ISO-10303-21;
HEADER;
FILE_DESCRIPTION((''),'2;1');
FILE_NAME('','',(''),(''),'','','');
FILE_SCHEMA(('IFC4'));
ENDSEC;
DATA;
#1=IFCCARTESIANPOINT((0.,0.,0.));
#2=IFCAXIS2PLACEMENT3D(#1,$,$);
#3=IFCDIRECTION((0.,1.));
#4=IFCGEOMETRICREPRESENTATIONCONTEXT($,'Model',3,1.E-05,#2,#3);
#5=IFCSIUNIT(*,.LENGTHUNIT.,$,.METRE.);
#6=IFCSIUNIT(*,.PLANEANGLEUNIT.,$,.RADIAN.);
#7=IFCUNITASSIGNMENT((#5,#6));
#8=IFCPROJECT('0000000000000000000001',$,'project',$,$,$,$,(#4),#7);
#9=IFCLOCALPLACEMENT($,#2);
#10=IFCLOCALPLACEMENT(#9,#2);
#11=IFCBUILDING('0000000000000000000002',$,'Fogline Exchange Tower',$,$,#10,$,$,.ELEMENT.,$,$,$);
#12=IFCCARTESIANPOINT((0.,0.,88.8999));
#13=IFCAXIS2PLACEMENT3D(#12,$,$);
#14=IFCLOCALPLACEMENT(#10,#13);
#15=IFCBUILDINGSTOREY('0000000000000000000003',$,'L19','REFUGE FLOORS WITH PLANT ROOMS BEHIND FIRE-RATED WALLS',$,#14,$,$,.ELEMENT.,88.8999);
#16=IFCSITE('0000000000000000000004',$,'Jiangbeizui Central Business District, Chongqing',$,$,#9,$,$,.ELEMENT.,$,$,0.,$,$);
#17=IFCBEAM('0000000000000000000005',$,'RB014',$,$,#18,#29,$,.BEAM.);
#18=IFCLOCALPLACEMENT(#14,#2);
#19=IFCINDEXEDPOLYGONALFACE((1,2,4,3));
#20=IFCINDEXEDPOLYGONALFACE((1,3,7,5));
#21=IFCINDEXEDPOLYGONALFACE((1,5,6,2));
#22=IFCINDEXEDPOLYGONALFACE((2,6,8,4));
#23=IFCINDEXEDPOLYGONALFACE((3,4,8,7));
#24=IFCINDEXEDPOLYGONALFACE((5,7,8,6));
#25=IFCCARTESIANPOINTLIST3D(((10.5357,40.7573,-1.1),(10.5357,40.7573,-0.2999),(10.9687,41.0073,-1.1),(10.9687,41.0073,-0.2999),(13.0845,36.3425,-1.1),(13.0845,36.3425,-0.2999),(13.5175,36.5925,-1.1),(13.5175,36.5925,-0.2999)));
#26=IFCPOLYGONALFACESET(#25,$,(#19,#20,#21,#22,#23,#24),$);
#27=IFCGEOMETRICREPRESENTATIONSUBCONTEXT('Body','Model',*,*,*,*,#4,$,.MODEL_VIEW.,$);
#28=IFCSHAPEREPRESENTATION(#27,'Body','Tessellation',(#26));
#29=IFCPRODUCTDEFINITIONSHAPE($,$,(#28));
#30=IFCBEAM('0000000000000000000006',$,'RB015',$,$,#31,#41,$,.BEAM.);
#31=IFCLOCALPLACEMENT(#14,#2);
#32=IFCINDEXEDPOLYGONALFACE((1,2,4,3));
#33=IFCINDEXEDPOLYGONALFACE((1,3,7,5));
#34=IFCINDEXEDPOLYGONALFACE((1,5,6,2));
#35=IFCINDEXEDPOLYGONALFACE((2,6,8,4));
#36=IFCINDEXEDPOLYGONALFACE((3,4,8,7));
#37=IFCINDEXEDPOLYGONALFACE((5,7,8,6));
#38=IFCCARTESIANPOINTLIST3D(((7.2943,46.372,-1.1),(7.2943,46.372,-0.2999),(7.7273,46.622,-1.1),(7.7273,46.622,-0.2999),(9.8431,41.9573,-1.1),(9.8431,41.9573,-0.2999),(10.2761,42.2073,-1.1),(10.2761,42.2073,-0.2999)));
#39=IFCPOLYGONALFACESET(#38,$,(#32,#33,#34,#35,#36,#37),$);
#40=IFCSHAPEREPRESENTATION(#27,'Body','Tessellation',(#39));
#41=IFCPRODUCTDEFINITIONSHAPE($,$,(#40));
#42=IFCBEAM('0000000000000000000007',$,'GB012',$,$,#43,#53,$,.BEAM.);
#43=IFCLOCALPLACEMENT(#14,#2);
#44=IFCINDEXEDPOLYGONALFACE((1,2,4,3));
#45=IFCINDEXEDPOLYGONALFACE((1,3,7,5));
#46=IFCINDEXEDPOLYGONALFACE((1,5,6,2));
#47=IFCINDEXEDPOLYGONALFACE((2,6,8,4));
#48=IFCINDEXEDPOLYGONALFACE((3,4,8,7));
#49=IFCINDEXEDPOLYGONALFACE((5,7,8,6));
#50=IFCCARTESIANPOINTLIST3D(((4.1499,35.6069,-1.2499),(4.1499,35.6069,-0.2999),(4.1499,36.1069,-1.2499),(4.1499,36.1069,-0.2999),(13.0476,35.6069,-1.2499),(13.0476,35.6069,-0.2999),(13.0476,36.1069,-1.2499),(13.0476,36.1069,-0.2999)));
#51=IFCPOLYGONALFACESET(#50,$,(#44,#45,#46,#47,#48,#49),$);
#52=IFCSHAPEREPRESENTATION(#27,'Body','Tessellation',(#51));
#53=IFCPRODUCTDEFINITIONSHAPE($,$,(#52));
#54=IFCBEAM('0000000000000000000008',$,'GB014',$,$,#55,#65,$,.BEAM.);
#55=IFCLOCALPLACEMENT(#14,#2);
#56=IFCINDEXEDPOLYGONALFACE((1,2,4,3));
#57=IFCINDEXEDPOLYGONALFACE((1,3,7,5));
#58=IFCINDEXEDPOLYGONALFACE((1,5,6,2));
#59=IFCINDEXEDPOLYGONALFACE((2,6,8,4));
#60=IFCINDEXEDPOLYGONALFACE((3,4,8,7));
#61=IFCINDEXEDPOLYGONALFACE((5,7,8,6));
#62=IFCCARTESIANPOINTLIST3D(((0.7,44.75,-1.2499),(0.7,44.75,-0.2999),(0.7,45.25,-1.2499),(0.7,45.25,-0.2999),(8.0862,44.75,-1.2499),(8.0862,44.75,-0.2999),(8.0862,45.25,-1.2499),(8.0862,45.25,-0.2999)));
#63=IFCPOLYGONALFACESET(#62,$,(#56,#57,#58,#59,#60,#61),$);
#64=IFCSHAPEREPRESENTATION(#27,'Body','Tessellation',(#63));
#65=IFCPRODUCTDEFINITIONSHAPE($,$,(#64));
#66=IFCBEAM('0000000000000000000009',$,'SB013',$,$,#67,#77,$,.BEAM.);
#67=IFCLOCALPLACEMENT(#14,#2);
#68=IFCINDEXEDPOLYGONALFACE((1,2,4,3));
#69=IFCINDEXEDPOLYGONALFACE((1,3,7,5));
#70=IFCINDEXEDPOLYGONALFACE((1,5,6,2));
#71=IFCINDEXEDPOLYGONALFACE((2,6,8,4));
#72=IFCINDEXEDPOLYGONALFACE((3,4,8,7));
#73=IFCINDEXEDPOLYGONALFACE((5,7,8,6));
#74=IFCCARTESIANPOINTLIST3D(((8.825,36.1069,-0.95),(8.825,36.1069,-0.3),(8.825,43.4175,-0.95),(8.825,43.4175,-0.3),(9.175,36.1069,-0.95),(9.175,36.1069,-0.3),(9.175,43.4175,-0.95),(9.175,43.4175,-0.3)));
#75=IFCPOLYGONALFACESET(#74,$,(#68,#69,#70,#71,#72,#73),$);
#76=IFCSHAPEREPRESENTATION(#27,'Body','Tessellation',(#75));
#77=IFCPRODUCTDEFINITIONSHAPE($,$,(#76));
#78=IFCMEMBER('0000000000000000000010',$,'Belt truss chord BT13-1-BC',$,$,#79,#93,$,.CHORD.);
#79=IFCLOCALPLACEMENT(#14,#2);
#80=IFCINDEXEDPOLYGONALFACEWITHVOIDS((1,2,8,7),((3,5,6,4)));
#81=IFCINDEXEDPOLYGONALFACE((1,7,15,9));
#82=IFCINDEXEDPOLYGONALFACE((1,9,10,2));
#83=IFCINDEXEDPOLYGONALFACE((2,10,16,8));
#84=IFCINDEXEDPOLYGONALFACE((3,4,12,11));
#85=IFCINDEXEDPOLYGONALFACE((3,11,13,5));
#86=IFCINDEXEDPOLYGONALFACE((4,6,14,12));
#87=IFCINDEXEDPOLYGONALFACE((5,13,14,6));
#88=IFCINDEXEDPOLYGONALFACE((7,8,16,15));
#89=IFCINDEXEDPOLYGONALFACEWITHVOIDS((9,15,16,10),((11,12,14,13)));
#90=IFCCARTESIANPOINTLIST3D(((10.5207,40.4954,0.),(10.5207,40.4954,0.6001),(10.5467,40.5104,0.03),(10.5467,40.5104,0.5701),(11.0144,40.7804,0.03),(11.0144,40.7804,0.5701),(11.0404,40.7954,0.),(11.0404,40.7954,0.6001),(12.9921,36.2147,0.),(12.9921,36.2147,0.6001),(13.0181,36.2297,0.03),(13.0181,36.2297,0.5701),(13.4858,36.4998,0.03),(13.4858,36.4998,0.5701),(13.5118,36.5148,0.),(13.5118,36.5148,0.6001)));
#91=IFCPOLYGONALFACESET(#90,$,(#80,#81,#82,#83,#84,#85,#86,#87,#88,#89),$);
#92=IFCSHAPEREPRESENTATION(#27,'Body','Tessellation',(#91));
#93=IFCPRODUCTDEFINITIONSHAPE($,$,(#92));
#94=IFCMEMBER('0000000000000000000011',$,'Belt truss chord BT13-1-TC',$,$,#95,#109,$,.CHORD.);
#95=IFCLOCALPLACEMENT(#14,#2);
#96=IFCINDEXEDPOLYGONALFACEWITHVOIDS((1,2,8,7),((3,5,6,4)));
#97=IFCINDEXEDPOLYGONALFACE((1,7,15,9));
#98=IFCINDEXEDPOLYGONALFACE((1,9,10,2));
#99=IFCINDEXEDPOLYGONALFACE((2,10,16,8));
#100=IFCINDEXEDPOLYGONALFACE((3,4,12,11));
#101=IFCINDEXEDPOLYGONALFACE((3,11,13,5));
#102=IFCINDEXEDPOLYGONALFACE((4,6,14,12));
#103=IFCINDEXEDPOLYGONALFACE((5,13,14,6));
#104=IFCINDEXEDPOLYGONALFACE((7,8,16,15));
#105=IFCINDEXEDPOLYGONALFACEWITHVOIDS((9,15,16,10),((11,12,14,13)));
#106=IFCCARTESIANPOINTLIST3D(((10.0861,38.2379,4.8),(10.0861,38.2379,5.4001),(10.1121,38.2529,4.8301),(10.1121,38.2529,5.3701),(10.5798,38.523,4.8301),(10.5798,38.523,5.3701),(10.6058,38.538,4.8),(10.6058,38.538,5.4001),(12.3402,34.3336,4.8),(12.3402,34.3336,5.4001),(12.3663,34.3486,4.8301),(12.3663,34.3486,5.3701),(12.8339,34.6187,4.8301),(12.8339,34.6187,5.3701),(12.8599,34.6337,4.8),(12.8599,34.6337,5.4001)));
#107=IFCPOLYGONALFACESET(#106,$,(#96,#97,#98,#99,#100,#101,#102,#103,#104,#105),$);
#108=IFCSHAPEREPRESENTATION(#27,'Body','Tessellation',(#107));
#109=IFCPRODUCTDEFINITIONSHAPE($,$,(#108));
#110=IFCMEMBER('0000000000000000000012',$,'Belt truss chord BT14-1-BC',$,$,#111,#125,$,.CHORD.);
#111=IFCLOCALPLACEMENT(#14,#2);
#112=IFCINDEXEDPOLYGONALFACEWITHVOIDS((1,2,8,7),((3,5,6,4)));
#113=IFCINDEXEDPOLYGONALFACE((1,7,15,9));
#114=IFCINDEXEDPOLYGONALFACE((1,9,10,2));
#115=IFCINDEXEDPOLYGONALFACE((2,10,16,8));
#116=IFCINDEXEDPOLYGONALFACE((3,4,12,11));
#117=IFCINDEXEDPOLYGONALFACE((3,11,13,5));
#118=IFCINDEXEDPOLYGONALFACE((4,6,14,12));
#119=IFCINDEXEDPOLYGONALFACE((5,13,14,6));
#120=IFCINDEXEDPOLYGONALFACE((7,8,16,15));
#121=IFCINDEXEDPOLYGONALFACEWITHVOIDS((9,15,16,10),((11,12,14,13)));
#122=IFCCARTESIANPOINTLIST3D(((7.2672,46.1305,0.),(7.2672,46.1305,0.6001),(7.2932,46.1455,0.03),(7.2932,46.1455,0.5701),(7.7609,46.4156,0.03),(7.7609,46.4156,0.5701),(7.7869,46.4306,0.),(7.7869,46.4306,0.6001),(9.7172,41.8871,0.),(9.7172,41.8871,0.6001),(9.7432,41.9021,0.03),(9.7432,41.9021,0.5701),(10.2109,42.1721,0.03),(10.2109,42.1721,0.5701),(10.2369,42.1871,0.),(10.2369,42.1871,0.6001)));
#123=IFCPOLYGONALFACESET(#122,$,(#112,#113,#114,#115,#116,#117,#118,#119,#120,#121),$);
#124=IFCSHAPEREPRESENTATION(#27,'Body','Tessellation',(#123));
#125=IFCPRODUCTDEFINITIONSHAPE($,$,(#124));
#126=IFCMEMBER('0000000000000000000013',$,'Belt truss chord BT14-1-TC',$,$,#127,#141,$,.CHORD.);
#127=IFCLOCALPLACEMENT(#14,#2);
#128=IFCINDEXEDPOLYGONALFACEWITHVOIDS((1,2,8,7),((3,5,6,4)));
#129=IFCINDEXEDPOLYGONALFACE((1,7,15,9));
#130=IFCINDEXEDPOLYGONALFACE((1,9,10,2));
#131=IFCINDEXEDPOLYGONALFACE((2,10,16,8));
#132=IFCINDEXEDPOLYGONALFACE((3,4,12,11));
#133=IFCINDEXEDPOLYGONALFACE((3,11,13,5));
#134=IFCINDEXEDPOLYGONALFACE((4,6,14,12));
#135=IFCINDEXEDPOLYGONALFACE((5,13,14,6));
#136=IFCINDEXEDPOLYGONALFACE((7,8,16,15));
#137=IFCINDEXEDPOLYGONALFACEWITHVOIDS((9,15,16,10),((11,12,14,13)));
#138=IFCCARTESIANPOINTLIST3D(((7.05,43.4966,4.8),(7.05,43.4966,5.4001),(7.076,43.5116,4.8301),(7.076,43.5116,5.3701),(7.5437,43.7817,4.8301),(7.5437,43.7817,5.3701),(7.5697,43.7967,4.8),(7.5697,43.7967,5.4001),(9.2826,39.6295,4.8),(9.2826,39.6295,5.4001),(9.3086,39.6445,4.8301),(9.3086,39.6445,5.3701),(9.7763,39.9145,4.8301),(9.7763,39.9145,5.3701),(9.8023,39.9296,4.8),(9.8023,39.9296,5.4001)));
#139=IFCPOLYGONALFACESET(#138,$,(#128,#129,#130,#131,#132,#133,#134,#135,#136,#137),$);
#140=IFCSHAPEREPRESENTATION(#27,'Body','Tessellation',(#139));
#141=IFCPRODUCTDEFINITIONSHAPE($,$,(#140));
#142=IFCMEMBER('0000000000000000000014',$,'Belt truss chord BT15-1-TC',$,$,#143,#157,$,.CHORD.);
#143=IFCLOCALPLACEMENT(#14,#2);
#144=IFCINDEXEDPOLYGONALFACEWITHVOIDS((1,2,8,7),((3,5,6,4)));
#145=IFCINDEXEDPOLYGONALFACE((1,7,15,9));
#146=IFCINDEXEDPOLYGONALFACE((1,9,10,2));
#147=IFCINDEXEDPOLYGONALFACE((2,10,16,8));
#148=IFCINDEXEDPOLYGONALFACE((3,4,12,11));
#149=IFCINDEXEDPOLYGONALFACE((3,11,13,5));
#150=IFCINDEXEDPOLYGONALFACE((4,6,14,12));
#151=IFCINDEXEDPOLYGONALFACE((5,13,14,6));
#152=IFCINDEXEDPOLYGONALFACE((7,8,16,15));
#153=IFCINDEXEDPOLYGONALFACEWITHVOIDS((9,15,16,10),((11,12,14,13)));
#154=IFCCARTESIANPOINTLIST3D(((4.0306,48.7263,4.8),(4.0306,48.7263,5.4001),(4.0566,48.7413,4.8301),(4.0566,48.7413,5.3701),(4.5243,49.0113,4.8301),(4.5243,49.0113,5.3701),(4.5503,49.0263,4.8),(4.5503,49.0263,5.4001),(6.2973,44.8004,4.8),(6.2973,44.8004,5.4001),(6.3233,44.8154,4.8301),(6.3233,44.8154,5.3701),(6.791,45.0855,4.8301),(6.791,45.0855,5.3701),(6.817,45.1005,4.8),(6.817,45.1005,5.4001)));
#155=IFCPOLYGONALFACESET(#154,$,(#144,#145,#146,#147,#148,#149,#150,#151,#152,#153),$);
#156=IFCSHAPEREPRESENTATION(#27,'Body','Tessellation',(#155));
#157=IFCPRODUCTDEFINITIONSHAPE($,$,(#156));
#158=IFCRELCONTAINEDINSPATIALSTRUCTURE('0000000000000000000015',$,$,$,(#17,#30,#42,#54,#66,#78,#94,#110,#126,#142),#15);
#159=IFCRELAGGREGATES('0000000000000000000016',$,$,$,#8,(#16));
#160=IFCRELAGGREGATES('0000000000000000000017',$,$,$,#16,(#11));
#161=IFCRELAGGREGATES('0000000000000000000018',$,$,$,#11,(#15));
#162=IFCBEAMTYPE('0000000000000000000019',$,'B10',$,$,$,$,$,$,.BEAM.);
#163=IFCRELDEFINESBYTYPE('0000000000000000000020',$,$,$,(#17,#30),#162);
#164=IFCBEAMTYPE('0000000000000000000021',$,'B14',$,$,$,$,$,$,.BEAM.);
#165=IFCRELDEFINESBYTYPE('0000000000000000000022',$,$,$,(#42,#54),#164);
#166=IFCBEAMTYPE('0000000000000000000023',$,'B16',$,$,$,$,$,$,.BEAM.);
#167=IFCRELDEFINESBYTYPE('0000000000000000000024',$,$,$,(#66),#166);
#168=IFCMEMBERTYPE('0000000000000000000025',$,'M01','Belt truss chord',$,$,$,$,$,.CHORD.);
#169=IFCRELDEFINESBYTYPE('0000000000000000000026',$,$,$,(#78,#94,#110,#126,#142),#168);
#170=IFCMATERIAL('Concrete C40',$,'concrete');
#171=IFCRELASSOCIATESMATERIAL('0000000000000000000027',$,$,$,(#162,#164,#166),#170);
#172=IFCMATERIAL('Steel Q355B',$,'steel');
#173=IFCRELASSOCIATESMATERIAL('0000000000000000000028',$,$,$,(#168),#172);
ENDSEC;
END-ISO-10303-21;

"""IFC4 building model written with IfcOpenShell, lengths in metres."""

from ifc_helpers import new_model, si_unit, direction, frame, origin, origin_2d, place, context, subcontext, project, spatial, rectangle, hollow_rectangle, extrude, material, material_profile, profile_set, type_object, element, save


model = new_model("IFC4")

# Units and contexts
model_context = context("Model", 3, precision=1e-05, world=origin(), true_north=direction((0.0, 1.0)))
body_context = subcontext(model_context, "Body", "Model", "MODEL_VIEW")
ifc_project = project(units=[si_unit("LENGTHUNIT", "METRE"), si_unit("PLANEANGLEUNIT", "RADIAN")], contexts=[model_context])

# Site, building, storey
site_placement = place(None, origin())
site = spatial("IfcSite", under=ifc_project, at=site_placement, Name="Jiangbeizui Central Business District, Chongqing", CompositionType="ELEMENT", RefElevation=0.0)
building_placement = place(site_placement, origin())
building = spatial("IfcBuilding", under=site, at=building_placement, Name="Fogline Exchange Tower", CompositionType="ELEMENT")
storey_placement = place(building_placement, frame((0.0, 0.0, 88.8999)))
storey = spatial("IfcBuildingStorey", under=building, at=storey_placement, Name="L19", Description="REFUGE FLOORS WITH PLANT ROOMS BEHIND FIRE-RATED WALLS", CompositionType="ELEMENT", Elevation=88.8999)

# Beams
ifc_material_1 = material(Name="Concrete C40", Category="concrete")
ifc_material_profile_1 = material_profile(ifc_material_1, rectangle(XDim=0.5, YDim=0.8, at=origin_2d()), Name="RC 500x800")
ifc_profile_set_1 = profile_set([ifc_material_profile_1], Name="Concrete C40")
beam_type_1 = type_object("IfcBeamType", Name="B10", PredefinedType="BEAM", material=ifc_profile_set_1)
for number, where, z_axis, x_axis, name in (
    (1, (13.301, 36.4675, -0.7), (-0.499992, 0.86603, 0.0), (-0.86603, -0.499992, 0.0), "RB014"),
    (2, (10.0596, 42.0823, -0.7), (-0.499992, 0.86603, 0.0), (-0.86603, -0.499992, 0.0), "RB015"),
):
    element("IfcBeam", number, at=place(storey_placement, frame(where, z_axis=z_axis, x_axis=x_axis)), inside=storey, type_object=beam_type_1, Name=name, PredefinedType="BEAM", context=body_context, shape_type="SweptSolid", body=[
        extrude(rectangle(XDim=0.5, YDim=0.8, at=origin_2d()), origin(), (0.0, 0.0, 1.0), 5.0977),
    ])
ifc_material_profile_2 = material_profile(ifc_material_1, rectangle(XDim=0.5, YDim=0.95, at=origin_2d()), Name="RC 500x950")
ifc_profile_set_2 = profile_set([ifc_material_profile_2], Name="Concrete C40")
beam_type_2 = type_object("IfcBeamType", Name="B14", PredefinedType="BEAM", material=ifc_profile_set_2)
beam_1_placement = place(storey_placement, frame((4.1499, 35.8569, -0.7749), z_axis=(1.0, 0.0, 0.0), x_axis=(0.0, 1.0, 0.0)))
element("IfcBeam", 3, at=beam_1_placement, inside=storey, type_object=beam_type_2, Name="GB012", PredefinedType="BEAM", context=body_context, shape_type="SweptSolid", body=[
    extrude(rectangle(XDim=0.5, YDim=0.95, at=origin_2d()), origin(), (0.0, 0.0, 1.0), 8.8977),
])
beam_2_placement = place(storey_placement, frame((0.7, 45.0, -0.7749), z_axis=(1.0, 0.0, 0.0), x_axis=(0.0, 1.0, 0.0)))
element("IfcBeam", 4, at=beam_2_placement, inside=storey, type_object=beam_type_2, Name="GB014", PredefinedType="BEAM", context=body_context, shape_type="SweptSolid", body=[
    extrude(rectangle(XDim=0.5, YDim=0.95, at=origin_2d()), origin(), (0.0, 0.0, 1.0), 7.3862),
])
ifc_material_profile_3 = material_profile(ifc_material_1, rectangle(XDim=0.3501, YDim=0.6499, at=origin_2d()), Name="RC 350x650")
ifc_profile_set_3 = profile_set([ifc_material_profile_3], Name="Concrete C40")
beam_type_3 = type_object("IfcBeamType", Name="B16", PredefinedType="BEAM", material=ifc_profile_set_3)
beam_3_placement = place(storey_placement, frame((9.0, 36.1069, -0.625), z_axis=(0.0, 1.0, 0.0), x_axis=(-1.0, 0.0, 0.0)))
element("IfcBeam", 5, at=beam_3_placement, inside=storey, type_object=beam_type_3, Name="SB013", PredefinedType="BEAM", context=body_context, shape_type="SweptSolid", body=[
    extrude(rectangle(XDim=0.3501, YDim=0.6499, at=origin_2d()), origin(), (0.0, 0.0, 1.0), 7.3105),
])

# Members
ifc_material_2 = material(Name="Steel Q355B", Category="steel")
ifc_material_profile_4 = material_profile(ifc_material_2, hollow_rectangle(XDim=0.6001, YDim=0.6001, WallThickness=0.03, at=origin_2d()), Name="BOX600X600X30")
ifc_profile_set_4 = profile_set([ifc_material_profile_4], Name="Steel Q355B")
member_type_1 = type_object("IfcMemberType", Name="M01", Description="Belt truss chord", PredefinedType="CHORD", material=ifc_profile_set_4)
member_1_placement = place(storey_placement, frame((13.252, 36.3647, 0.3), z_axis=(-0.49999, 0.866031, 0.0), x_axis=(-0.866031, -0.49999, 0.0)))
element("IfcMember", 6, at=member_1_placement, inside=storey, type_object=member_type_1, Name="Belt truss chord BT13-1-BC", PredefinedType="CHORD", context=body_context, shape_type="SweptSolid", body=[
    extrude(hollow_rectangle(XDim=0.6001, YDim=0.6001, WallThickness=0.03, at=origin_2d()), origin(), (0.0, 0.0, 1.0), 4.9429),
])
member_2_placement = place(storey_placement, frame((12.6001, 34.4836, 5.1001), z_axis=(-0.500001, 0.866025, 0.0), x_axis=(-0.866025, -0.500001, 0.0)))
element("IfcMember", 7, at=member_2_placement, inside=storey, type_object=member_type_1, Name="Belt truss chord BT13-1-TC", PredefinedType="CHORD", context=body_context, shape_type="SweptSolid", body=[
    extrude(hollow_rectangle(XDim=0.6001, YDim=0.6001, WallThickness=0.03, at=origin_2d()), origin(), (0.0, 0.0, 1.0), 4.5083),
])
member_3_placement = place(storey_placement, frame((9.9771, 42.0371, 0.3), z_axis=(-0.500003, 0.866024, 0.0), x_axis=(-0.866024, -0.500003, 0.0)))
element("IfcMember", 8, at=member_3_placement, inside=storey, type_object=member_type_1, Name="Belt truss chord BT14-1-BC", PredefinedType="CHORD", context=body_context, shape_type="SweptSolid", body=[
    extrude(hollow_rectangle(XDim=0.6001, YDim=0.6001, WallThickness=0.03, at=origin_2d()), origin(), (0.0, 0.0, 1.0), 4.8999),
])
member_4_placement = place(storey_placement, frame((9.5425, 39.7795, 5.1001), z_axis=(-0.499991, 0.866031, 0.0), x_axis=(-0.866031, -0.499991, 0.0)))
element("IfcMember", 9, at=member_4_placement, inside=storey, type_object=member_type_1, Name="Belt truss chord BT14-1-TC", PredefinedType="CHORD", context=body_context, shape_type="SweptSolid", body=[
    extrude(hollow_rectangle(XDim=0.6001, YDim=0.6001, WallThickness=0.03, at=origin_2d()), origin(), (0.0, 0.0, 1.0), 4.4653),
])
member_5_placement = place(storey_placement, frame((6.5571, 44.9504, 5.1001), z_axis=(-0.500008, 0.866021, 0.0), x_axis=(-0.866021, -0.500008, 0.0)))
element("IfcMember", 10, at=member_5_placement, inside=storey, type_object=member_type_1, Name="Belt truss chord BT15-1-TC", PredefinedType="CHORD", context=body_context, shape_type="SweptSolid", body=[
    extrude(hollow_rectangle(XDim=0.6001, YDim=0.6001, WallThickness=0.03, at=origin_2d()), origin(), (0.0, 0.0, 1.0), 4.5332),
])

save(model, "model.ifc")
